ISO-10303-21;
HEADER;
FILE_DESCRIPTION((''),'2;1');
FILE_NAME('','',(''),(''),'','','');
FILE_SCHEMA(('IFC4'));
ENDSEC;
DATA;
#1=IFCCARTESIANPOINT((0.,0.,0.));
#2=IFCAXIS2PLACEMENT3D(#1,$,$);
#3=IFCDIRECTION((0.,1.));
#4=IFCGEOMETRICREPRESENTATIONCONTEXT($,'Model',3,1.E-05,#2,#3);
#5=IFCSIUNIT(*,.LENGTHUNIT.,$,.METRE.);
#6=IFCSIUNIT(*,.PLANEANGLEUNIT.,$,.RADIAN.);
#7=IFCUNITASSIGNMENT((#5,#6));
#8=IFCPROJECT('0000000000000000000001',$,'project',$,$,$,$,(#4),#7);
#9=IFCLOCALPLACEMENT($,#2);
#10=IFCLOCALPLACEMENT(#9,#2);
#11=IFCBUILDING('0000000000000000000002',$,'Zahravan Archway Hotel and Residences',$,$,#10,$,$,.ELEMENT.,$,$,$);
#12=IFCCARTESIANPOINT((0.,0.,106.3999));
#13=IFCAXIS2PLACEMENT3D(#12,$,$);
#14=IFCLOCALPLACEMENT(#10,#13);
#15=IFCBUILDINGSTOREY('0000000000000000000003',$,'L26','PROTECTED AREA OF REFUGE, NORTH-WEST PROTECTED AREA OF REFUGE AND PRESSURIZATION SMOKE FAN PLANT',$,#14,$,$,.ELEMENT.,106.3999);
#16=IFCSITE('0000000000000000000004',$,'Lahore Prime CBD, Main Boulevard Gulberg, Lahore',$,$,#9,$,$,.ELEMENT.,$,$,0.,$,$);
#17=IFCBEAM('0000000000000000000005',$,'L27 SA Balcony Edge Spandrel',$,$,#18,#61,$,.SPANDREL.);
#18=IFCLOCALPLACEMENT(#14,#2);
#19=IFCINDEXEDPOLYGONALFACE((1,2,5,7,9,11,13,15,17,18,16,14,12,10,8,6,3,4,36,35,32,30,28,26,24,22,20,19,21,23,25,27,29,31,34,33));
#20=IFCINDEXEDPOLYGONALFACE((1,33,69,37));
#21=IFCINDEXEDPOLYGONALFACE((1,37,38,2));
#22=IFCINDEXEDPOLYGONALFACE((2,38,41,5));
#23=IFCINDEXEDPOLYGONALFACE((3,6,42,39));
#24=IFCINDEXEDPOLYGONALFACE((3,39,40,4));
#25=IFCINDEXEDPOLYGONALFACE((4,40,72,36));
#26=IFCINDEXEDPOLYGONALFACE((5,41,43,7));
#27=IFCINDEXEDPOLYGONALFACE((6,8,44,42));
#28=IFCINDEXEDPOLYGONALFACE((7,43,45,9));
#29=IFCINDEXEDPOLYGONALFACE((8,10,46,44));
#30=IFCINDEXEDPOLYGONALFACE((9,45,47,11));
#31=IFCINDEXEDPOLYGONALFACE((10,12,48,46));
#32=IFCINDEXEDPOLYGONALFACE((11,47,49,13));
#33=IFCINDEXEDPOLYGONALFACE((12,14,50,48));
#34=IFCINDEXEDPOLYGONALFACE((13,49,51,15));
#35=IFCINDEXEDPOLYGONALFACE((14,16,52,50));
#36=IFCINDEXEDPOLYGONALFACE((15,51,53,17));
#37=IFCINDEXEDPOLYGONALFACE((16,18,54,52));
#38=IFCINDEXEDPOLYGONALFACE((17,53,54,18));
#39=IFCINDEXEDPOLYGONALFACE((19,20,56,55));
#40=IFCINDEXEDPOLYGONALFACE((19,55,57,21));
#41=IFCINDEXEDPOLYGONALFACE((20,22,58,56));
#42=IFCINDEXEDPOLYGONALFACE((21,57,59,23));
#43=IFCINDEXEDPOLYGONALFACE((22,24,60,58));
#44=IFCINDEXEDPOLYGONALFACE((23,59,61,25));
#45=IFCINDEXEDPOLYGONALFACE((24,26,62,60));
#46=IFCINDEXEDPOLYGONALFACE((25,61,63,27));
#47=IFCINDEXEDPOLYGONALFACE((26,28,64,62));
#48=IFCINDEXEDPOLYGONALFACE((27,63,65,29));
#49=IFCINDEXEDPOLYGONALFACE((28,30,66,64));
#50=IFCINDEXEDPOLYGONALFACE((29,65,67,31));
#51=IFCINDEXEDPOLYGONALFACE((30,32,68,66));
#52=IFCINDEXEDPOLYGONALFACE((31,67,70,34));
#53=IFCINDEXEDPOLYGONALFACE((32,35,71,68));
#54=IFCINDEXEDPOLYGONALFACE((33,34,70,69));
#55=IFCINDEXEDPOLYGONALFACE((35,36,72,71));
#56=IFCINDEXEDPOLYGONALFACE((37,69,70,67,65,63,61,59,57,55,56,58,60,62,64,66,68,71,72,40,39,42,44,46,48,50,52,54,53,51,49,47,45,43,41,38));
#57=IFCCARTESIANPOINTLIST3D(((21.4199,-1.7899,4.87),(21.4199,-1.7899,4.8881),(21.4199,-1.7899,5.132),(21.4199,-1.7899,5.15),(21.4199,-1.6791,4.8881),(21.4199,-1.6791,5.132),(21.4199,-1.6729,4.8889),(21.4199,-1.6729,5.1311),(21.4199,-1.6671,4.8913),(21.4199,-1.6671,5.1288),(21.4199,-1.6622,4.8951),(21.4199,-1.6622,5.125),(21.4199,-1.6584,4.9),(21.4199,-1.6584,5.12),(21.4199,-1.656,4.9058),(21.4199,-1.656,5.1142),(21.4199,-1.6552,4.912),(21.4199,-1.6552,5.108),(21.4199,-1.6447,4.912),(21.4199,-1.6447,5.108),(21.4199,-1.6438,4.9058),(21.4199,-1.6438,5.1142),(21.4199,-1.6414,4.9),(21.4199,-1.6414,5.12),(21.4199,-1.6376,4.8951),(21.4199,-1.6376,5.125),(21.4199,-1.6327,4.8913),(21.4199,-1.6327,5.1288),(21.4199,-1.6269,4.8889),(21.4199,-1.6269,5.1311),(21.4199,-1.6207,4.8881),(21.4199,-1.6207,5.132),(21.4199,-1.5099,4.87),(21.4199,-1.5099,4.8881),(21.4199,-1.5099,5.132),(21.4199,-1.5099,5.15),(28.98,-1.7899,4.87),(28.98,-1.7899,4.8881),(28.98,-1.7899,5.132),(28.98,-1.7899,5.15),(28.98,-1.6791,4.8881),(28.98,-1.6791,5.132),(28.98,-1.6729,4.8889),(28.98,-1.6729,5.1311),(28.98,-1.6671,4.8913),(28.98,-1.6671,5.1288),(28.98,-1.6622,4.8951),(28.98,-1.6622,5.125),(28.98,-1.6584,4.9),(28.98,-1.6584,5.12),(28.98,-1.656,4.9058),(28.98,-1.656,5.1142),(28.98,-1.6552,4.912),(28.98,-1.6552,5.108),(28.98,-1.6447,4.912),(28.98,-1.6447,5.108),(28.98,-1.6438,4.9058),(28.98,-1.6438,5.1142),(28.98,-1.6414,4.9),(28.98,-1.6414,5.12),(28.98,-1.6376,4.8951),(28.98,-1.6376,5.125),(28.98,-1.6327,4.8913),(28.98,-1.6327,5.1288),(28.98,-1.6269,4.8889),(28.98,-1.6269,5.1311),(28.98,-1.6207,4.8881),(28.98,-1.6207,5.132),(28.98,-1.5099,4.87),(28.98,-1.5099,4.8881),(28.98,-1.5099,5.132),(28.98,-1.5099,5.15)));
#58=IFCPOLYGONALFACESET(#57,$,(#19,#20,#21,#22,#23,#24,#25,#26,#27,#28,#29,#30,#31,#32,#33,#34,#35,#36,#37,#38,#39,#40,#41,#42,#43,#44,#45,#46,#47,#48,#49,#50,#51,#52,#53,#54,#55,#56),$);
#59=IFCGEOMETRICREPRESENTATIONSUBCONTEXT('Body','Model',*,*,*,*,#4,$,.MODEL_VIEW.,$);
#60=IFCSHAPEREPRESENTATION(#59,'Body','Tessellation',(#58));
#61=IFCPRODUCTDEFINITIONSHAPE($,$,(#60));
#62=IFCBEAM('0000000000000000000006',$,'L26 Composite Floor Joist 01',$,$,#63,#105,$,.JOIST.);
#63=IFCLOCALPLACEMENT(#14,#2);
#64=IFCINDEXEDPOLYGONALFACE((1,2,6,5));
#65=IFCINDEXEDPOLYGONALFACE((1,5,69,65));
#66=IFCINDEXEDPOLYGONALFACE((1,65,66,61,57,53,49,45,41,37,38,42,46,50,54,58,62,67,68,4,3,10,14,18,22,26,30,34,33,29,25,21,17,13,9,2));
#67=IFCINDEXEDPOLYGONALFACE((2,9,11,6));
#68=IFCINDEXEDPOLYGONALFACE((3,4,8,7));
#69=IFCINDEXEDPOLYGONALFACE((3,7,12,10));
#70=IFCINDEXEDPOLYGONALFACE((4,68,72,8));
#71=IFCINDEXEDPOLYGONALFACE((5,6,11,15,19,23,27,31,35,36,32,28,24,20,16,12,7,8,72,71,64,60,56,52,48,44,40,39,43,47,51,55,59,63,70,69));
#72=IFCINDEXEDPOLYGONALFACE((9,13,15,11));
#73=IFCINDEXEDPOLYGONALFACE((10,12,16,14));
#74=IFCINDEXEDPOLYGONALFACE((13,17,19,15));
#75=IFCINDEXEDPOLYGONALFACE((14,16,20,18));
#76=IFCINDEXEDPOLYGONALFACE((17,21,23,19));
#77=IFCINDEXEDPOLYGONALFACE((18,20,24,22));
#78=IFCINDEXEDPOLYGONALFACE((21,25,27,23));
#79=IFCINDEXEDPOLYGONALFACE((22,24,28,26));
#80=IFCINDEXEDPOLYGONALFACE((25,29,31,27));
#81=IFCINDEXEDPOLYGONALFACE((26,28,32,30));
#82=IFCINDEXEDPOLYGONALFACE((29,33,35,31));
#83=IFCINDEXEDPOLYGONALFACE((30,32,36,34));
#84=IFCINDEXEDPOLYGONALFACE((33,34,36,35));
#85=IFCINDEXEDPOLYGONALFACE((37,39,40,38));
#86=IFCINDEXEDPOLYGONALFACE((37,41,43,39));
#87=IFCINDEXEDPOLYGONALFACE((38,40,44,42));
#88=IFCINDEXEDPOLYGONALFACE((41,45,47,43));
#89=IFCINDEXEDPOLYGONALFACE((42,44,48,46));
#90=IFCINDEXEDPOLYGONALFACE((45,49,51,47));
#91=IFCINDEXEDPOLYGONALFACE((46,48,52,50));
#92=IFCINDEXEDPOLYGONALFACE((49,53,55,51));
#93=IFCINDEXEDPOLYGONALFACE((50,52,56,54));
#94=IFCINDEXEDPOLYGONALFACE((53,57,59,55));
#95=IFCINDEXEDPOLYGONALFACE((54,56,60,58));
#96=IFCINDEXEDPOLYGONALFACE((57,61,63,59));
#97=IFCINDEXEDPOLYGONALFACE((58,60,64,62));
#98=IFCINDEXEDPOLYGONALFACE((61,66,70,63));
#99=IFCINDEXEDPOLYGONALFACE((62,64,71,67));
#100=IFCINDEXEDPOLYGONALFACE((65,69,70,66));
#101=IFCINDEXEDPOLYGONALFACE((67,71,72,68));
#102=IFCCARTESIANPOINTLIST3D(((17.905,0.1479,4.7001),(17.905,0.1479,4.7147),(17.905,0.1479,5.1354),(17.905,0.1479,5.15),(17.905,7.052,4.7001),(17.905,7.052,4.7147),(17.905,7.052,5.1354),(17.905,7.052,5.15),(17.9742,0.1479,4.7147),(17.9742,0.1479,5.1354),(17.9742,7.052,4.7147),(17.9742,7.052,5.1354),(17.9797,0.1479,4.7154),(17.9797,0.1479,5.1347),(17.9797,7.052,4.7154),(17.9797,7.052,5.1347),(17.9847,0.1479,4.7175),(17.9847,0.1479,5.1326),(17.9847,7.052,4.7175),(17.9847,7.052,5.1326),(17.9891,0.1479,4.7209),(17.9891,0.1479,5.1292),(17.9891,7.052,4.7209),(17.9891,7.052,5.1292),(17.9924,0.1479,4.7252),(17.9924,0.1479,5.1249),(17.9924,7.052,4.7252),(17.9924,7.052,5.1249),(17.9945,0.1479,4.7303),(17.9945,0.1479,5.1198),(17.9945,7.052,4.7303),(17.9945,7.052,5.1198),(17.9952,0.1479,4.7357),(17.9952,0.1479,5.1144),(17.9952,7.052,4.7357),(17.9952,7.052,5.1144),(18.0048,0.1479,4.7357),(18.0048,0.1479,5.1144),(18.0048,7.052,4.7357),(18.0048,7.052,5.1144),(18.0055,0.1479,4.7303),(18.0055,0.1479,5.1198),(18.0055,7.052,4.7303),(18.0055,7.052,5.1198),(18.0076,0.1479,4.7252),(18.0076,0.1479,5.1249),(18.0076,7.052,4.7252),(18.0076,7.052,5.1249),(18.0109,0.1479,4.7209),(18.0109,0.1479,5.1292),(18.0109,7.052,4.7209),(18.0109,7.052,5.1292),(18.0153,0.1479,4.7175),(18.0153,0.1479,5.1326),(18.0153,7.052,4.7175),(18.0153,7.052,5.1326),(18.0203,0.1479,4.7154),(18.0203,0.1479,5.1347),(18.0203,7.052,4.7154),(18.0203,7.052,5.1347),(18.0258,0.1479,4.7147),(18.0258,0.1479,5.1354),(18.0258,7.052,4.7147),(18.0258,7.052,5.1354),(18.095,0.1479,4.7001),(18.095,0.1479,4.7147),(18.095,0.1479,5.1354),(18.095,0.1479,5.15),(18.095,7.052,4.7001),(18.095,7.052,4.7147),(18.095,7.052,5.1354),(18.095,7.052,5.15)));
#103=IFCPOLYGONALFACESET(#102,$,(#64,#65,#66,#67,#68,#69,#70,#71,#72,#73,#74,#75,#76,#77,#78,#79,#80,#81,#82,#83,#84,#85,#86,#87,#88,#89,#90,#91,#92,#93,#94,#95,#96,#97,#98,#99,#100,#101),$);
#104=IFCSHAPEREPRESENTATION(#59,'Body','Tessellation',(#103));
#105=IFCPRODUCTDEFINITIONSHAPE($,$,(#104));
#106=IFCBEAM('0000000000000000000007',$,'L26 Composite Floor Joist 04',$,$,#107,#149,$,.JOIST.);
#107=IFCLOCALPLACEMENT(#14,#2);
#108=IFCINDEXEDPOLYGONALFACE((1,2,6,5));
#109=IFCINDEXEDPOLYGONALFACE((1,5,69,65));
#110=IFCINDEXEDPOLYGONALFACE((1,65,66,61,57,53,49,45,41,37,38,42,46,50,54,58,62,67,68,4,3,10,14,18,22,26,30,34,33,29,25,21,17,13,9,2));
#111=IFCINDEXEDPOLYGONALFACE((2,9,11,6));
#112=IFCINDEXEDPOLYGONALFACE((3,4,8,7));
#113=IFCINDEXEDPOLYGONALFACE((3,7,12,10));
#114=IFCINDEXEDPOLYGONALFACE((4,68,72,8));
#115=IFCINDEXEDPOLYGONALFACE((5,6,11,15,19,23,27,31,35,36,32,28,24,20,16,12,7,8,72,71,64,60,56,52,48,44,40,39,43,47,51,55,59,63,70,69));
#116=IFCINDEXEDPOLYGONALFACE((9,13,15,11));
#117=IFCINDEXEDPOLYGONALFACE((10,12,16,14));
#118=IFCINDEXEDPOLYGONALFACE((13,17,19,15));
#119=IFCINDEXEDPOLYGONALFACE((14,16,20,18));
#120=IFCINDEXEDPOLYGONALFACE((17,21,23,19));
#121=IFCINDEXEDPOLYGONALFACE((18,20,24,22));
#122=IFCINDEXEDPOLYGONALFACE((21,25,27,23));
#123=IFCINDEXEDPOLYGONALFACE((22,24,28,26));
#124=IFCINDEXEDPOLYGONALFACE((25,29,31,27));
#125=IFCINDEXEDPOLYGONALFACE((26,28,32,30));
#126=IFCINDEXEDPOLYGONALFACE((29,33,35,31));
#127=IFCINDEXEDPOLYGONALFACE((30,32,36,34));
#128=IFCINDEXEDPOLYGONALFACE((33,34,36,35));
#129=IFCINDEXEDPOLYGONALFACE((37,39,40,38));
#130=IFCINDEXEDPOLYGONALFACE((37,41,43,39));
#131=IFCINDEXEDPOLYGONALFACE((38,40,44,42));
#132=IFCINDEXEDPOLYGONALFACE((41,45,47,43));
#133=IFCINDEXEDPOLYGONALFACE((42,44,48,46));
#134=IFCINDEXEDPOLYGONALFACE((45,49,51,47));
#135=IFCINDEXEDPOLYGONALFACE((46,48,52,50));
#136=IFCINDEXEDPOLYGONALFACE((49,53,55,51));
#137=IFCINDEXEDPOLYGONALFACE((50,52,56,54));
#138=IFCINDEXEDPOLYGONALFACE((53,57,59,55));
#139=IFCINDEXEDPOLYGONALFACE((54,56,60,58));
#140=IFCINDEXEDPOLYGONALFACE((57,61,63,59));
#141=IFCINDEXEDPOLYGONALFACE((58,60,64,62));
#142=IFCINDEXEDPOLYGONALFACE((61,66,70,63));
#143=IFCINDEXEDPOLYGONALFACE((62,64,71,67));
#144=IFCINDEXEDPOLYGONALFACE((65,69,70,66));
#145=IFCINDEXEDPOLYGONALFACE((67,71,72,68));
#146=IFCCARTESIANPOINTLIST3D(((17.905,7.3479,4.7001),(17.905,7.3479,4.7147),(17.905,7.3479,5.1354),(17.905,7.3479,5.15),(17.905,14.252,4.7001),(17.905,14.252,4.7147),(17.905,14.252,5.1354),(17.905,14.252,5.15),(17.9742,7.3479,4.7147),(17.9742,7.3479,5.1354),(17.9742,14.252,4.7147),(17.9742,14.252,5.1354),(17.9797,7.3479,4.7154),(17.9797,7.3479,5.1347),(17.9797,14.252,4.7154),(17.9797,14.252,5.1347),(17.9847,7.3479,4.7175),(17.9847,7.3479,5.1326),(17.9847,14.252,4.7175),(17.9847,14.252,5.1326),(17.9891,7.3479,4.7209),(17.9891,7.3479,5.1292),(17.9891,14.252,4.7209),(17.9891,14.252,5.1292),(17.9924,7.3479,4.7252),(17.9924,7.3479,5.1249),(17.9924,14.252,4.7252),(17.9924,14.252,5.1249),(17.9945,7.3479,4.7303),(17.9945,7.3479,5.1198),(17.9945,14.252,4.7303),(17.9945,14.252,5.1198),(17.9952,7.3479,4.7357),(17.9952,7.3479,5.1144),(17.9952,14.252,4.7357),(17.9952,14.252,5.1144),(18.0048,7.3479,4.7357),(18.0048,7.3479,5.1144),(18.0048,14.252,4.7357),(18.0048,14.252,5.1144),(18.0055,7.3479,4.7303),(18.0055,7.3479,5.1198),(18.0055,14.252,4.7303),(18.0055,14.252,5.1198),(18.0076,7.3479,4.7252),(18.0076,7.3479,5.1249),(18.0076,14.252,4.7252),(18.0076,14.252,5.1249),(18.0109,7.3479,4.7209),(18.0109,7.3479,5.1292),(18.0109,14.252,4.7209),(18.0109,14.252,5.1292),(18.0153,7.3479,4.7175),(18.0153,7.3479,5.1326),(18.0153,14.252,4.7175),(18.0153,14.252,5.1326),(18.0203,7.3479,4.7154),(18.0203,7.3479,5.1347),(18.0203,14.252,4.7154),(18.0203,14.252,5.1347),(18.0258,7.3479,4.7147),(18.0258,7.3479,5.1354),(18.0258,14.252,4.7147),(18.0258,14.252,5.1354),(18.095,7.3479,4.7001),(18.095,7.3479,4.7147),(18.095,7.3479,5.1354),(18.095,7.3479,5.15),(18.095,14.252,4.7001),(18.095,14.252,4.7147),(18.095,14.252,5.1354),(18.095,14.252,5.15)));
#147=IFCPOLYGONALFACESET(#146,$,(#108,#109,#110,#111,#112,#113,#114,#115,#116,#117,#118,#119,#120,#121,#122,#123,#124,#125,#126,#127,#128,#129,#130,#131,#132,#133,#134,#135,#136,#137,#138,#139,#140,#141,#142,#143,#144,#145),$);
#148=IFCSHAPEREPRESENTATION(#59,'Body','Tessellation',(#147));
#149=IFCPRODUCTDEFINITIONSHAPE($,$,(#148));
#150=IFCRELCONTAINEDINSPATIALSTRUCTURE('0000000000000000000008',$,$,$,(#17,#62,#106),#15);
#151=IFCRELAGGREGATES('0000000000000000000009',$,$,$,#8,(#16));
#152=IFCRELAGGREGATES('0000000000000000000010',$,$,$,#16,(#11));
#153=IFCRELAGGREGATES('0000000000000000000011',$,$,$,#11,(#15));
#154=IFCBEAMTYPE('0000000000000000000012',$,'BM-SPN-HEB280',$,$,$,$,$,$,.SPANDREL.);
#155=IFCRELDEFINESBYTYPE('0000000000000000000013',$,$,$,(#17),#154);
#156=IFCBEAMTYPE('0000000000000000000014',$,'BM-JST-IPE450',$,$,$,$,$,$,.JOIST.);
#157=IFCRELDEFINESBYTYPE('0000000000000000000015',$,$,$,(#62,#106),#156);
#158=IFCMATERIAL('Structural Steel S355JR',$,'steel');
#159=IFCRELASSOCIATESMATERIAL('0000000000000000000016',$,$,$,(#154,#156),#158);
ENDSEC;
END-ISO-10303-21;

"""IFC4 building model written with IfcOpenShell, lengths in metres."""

from ifc_helpers import new_model, si_unit, direction, frame, origin, origin_2d, place, context, subcontext, project, spatial, i_section, extrude, source, transform, mapped, material, material_profile, profile_set, type_object, type_shapes, element, save


model = new_model("IFC4")

# Units and contexts
model_context = context("Model", 3, precision=1e-05, world=origin(), true_north=direction((0.0, 1.0)))
body_context = subcontext(model_context, "Body", "Model", "MODEL_VIEW")
ifc_project = project(units=[si_unit("LENGTHUNIT", "METRE"), si_unit("PLANEANGLEUNIT", "RADIAN")], contexts=[model_context])

# Site, building, storey
site_placement = place(None, origin())
site = spatial("IfcSite", under=ifc_project, at=site_placement, Name="Lahore Prime CBD, Main Boulevard Gulberg, Lahore", CompositionType="ELEMENT", RefElevation=0.0)
building_placement = place(site_placement, origin())
building = spatial("IfcBuilding", under=site, at=building_placement, Name="Zahravan Archway Hotel and Residences", CompositionType="ELEMENT")
storey_placement = place(building_placement, frame((0.0, 0.0, 106.3999)))
storey = spatial("IfcBuildingStorey", under=building, at=storey_placement, Name="L26", Description="PROTECTED AREA OF REFUGE, NORTH-WEST PROTECTED AREA OF REFUGE AND PRESSURIZATION SMOKE FAN PLANT", CompositionType="ELEMENT", Elevation=106.3999)

# Beams
ifc_material_1 = material(Name="Structural Steel S355JR", Category="steel")
ifc_material_profile_1 = material_profile(ifc_material_1, i_section(OverallWidth=0.28, OverallDepth=0.28, WebThickness=0.0105, FlangeThickness=0.0181, FilletRadius=0.0239, at=origin_2d()), Name="HEB 280", Category="steel")
ifc_profile_set_1 = profile_set([ifc_material_profile_1], Name="Structural Steel S355JR")
beam_type_1 = type_object("IfcBeamType", Name="BM-SPN-HEB280", PredefinedType="SPANDREL", material=ifc_profile_set_1)
shared_shape_1 = source(origin(), body_context, "Body", "SweptSolid", [
    extrude(i_section(OverallWidth=0.28, OverallDepth=0.28, WebThickness=0.0105, FlangeThickness=0.0181, FilletRadius=0.0239, at=origin_2d()), origin(), (0.0, 0.0, 1.0), 7.5601),
])
type_shapes(beam_type_1, [shared_shape_1])
beam_placement = place(storey_placement, frame((21.4199, -1.6499, 5.01), z_axis=(1.0, 0.0, 0.0), x_axis=(0.0, 1.0, 0.0)))
element("IfcBeam", 1, at=beam_placement, inside=storey, type_object=beam_type_1, Name="L27 SA Balcony Edge Spandrel", PredefinedType="SPANDREL", context=body_context, shape_type="MappedRepresentation", body=[
    mapped(shared_shape_1, transform((0.0, 0.0, 0.0), scale=1.0)),
])
ifc_material_profile_2 = material_profile(ifc_material_1, i_section(OverallWidth=0.1899, OverallDepth=0.45, WebThickness=0.0095, FlangeThickness=0.0146, FilletRadius=0.021, at=origin_2d()), Name="IPE 450", Category="steel")
ifc_profile_set_2 = profile_set([ifc_material_profile_2], Name="Structural Steel S355JR")
beam_type_2 = type_object("IfcBeamType", Name="BM-JST-IPE450", PredefinedType="JOIST", material=ifc_profile_set_2)
shared_shape_2 = source(origin(), body_context, "Body", "SweptSolid", [
    extrude(i_section(OverallWidth=0.1899, OverallDepth=0.45, WebThickness=0.0095, FlangeThickness=0.0146, FilletRadius=0.021, at=origin_2d()), origin(), (0.0, 0.0, 1.0), 6.9041),
])
type_shapes(beam_type_2, [shared_shape_2])
for number, where, z_axis, x_axis, name in (
    (2, (18.0, 0.1479, 4.925), (0.0, 1.0, 0.0), (-1.0, 0.0, 0.0), "L26 Composite Floor Joist 01"),
    (3, (18.0, 7.3479, 4.925), (0.0, 1.0, 0.0), (-1.0, 0.0, 0.0), "L26 Composite Floor Joist 04"),
):
    element("IfcBeam", number, at=place(storey_placement, frame(where, z_axis=z_axis, x_axis=x_axis)), inside=storey, type_object=beam_type_2, Name=name, PredefinedType="JOIST", context=body_context, shape_type="MappedRepresentation", body=[
        mapped(shared_shape_2, transform((0.0, 0.0, 0.0), scale=1.0)),
    ])

save(model, "model.ifc")
